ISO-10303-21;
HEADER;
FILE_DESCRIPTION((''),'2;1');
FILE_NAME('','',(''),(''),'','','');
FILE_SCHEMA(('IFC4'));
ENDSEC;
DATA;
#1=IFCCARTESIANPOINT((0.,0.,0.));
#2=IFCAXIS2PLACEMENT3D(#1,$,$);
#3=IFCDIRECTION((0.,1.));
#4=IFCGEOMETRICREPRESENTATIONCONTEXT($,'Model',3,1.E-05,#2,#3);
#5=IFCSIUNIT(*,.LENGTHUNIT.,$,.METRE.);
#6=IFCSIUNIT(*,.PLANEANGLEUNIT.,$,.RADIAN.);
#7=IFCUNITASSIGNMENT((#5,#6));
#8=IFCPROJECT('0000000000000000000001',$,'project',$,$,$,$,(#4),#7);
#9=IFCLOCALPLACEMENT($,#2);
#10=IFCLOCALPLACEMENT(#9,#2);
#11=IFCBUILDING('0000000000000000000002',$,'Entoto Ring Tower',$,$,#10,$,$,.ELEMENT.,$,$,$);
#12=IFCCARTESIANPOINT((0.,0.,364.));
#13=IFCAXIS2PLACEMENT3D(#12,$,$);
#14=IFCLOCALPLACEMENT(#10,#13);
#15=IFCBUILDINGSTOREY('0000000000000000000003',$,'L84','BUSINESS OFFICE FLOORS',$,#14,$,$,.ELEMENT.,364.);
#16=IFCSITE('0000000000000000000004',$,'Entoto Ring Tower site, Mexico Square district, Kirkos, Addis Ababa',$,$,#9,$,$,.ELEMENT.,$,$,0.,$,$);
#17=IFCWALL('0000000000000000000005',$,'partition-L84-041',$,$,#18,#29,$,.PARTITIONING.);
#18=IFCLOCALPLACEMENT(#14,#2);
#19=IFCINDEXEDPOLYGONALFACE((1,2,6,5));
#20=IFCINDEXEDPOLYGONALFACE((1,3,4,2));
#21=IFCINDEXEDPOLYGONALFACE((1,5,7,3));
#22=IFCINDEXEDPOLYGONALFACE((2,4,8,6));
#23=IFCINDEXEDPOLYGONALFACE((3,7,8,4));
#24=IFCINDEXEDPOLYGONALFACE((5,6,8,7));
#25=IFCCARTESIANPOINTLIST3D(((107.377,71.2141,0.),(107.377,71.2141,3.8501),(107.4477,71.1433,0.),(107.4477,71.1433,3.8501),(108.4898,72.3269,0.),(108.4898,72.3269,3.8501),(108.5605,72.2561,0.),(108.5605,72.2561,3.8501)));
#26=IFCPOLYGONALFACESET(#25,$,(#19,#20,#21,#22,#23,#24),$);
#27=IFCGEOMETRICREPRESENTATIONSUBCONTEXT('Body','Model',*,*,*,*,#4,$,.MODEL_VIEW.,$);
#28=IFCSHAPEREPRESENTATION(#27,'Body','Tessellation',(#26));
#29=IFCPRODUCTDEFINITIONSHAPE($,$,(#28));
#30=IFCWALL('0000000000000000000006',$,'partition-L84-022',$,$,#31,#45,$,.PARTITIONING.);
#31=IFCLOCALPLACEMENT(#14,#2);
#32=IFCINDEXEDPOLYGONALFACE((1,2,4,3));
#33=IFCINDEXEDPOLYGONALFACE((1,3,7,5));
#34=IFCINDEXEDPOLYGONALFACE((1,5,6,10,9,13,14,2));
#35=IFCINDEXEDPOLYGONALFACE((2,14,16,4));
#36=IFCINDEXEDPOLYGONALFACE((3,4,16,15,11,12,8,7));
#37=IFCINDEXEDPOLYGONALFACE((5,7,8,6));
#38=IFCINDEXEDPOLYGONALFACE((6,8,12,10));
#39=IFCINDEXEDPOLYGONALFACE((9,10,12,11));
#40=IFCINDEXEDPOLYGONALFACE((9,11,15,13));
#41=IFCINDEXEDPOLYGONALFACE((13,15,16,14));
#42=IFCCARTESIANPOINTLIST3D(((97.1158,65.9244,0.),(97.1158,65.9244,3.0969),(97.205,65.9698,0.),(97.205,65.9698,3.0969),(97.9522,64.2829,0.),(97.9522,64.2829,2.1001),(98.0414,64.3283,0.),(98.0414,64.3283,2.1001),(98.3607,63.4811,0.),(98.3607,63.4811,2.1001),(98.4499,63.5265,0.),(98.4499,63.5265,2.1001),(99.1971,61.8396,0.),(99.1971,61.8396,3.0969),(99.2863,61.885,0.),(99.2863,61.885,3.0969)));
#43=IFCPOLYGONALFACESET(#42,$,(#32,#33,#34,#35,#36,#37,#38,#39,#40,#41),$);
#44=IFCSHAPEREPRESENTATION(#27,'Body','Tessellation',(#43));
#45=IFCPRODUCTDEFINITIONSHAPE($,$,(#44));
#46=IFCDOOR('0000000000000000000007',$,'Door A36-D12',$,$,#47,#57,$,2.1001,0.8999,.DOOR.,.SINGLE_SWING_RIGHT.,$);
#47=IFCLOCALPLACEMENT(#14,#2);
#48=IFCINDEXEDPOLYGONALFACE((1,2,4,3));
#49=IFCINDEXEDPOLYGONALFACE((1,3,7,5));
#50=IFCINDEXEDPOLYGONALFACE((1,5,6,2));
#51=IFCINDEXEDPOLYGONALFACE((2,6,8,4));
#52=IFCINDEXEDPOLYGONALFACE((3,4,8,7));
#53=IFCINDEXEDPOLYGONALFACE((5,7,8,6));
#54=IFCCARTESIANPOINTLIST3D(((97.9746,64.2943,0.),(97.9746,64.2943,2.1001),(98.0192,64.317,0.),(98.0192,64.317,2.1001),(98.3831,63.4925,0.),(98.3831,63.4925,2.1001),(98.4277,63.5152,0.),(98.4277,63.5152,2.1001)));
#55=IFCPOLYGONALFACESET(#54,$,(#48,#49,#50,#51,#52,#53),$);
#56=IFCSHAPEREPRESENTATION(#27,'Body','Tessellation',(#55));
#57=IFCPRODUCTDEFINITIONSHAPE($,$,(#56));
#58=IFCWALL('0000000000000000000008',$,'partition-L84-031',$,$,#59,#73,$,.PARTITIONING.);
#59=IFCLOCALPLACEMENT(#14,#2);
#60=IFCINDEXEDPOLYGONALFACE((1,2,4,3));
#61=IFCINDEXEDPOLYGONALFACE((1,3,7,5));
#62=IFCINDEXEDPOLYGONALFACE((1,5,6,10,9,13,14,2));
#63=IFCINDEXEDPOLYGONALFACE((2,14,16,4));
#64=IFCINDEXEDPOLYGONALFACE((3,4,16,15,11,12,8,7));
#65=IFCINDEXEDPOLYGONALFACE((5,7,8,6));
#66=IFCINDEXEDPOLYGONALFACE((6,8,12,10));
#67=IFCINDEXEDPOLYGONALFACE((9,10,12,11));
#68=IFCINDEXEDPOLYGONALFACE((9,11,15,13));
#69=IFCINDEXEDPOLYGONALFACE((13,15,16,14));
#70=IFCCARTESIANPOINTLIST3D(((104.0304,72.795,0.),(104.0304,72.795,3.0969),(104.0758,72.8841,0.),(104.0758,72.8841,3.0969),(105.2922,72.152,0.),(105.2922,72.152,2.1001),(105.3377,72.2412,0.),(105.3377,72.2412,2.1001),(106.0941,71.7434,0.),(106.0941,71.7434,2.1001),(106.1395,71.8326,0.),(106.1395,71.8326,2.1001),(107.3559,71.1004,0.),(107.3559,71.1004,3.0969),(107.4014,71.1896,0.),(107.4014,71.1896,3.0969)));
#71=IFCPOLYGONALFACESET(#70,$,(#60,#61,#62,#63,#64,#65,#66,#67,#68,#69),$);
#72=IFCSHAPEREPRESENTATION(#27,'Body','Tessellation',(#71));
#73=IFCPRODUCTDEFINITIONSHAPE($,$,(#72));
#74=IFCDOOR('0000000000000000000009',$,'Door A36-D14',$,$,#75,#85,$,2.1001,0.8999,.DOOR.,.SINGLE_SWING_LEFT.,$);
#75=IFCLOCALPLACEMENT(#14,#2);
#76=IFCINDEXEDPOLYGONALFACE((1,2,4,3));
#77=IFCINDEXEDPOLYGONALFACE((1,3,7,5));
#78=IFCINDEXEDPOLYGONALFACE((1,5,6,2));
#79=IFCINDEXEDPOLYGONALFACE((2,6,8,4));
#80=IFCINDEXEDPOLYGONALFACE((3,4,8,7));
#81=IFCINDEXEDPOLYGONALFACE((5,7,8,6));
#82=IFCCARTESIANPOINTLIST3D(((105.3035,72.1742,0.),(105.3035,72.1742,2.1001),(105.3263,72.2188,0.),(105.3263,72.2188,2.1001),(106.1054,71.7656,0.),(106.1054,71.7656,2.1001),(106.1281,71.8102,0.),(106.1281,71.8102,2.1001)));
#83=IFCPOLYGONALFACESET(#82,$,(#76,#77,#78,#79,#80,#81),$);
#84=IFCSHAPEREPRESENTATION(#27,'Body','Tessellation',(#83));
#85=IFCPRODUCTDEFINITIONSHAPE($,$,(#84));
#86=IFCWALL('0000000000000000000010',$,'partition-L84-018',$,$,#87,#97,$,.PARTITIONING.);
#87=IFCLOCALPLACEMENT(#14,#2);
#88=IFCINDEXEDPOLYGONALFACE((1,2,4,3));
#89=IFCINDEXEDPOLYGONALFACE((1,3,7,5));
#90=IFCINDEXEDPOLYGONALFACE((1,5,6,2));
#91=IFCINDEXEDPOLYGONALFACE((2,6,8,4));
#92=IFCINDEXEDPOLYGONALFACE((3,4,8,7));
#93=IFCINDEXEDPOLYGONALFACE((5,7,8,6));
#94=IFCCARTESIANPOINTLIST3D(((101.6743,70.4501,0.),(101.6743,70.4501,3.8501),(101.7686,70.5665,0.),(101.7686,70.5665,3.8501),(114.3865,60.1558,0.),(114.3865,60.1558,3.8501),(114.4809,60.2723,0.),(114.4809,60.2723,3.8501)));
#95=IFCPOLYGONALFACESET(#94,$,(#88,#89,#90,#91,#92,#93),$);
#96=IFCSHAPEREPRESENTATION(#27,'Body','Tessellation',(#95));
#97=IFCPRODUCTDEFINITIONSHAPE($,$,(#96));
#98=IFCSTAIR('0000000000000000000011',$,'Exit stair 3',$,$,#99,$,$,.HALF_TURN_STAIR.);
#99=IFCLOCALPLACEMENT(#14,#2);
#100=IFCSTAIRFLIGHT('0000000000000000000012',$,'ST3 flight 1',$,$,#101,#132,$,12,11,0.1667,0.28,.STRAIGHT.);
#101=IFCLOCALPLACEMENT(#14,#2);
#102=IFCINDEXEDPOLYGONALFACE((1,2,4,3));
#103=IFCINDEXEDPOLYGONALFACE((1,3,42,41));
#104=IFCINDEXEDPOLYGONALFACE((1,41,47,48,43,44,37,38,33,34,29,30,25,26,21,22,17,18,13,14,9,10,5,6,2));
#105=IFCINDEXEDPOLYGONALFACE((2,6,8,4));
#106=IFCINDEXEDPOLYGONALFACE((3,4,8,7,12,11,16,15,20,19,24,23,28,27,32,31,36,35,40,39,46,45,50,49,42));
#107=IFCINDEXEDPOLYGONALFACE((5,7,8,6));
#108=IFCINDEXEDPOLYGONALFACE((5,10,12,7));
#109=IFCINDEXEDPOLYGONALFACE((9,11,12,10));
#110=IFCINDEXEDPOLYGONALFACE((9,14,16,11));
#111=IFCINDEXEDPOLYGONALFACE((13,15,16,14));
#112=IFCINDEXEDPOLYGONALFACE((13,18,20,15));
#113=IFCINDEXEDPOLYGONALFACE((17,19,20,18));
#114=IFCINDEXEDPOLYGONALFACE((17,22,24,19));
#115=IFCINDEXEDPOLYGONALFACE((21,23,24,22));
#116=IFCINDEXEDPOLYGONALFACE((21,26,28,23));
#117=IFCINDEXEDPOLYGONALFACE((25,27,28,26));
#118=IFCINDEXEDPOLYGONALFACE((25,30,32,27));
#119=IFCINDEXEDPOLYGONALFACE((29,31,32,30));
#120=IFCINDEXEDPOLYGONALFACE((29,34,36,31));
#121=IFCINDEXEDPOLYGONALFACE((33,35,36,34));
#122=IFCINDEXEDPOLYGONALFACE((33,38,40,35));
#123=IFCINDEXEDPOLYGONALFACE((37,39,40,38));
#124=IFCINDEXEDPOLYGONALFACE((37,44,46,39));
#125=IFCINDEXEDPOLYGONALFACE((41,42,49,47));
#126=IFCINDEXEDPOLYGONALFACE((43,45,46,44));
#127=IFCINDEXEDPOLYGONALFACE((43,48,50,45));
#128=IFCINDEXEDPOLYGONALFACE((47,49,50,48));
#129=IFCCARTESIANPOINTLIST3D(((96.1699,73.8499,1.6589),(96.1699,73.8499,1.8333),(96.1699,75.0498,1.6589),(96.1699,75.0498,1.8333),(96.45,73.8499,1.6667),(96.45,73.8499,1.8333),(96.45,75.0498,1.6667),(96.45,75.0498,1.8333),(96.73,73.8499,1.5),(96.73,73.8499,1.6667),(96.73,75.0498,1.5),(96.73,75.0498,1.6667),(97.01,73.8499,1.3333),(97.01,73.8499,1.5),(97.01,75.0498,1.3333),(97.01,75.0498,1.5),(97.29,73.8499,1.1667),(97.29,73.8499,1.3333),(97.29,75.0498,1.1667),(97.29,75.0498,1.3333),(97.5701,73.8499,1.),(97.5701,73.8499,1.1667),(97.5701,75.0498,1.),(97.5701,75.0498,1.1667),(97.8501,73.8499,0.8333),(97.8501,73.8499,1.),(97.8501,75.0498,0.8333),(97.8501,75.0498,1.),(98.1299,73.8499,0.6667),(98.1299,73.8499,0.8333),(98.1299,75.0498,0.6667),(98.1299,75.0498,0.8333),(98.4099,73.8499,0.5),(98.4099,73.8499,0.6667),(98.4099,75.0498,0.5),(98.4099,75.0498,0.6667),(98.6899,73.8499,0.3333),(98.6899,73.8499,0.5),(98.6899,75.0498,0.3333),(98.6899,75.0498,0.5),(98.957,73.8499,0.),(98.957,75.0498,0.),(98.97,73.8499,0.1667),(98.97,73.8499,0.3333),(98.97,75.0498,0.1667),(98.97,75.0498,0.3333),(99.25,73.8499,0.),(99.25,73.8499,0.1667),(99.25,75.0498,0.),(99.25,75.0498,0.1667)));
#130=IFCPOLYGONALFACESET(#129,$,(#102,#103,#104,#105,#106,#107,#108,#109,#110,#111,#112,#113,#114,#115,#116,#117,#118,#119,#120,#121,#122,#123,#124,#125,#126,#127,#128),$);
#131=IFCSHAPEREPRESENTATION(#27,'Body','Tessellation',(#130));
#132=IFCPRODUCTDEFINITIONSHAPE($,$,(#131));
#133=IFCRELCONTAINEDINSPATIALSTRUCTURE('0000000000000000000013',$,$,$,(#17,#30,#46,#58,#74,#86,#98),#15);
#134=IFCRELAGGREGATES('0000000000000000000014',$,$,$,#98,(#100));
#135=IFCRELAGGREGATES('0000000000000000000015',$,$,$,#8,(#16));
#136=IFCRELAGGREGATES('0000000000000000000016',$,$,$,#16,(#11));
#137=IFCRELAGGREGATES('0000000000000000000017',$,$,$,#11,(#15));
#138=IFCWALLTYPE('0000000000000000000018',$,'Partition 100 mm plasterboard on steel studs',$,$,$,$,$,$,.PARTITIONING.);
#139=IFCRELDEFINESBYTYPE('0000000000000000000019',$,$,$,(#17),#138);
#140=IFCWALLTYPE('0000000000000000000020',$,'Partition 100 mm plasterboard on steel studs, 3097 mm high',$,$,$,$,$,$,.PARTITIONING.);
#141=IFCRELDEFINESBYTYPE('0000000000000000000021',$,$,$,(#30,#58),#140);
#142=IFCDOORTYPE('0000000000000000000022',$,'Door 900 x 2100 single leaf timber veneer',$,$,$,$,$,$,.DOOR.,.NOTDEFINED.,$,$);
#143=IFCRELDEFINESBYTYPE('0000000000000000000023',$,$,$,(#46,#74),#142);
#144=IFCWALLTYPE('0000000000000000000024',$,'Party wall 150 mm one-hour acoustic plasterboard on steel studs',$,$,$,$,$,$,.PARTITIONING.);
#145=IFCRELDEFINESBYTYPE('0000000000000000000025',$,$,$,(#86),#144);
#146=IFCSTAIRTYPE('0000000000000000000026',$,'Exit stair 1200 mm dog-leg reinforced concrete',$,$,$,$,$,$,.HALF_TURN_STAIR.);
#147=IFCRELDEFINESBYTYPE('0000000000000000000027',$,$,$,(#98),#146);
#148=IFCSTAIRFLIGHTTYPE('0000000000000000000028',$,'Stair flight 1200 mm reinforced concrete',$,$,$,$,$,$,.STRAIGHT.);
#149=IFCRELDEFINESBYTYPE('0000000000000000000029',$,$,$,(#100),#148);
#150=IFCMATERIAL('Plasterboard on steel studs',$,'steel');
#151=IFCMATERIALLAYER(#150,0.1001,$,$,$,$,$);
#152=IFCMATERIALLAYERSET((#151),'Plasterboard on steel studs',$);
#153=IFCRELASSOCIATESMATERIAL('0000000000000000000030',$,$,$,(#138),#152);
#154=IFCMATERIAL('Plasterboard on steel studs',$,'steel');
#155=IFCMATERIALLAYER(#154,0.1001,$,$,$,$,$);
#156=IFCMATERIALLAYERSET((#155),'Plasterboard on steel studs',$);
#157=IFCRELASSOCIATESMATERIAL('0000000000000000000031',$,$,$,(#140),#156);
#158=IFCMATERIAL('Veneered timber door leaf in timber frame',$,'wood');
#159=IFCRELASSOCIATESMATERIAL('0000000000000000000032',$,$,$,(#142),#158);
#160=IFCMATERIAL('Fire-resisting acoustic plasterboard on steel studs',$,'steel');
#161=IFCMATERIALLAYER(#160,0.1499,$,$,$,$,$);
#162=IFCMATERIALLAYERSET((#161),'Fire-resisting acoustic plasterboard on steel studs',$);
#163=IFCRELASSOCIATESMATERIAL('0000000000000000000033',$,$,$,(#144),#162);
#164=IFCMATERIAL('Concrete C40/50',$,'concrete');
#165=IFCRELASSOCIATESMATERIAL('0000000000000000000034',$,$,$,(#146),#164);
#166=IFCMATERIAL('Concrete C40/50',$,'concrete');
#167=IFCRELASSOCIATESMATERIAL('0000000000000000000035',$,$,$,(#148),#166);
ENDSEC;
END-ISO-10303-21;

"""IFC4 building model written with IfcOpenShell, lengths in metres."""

from ifc_helpers import new_model, si_unit, direction, frame, frame_2d, origin, place, context, subcontext, project, spatial, polyline, rectangle, outline, extrude, material, layer, layer_set, type_object, element, fill, aggregate, save


model = new_model("IFC4")

# Units and contexts
model_context = context("Model", 3, precision=1e-05, world=origin(), true_north=direction((0.0, 1.0)))
body_context = subcontext(model_context, "Body", "Model", "MODEL_VIEW")
ifc_project = project(units=[si_unit("LENGTHUNIT", "METRE"), si_unit("PLANEANGLEUNIT", "RADIAN")], contexts=[model_context])

# Site, building, storey
site_placement = place(None, origin())
site = spatial("IfcSite", under=ifc_project, at=site_placement, Name="Entoto Ring Tower site, Mexico Square district, Kirkos, Addis Ababa", CompositionType="ELEMENT", RefElevation=0.0)
building_placement = place(site_placement, origin())
building = spatial("IfcBuilding", under=site, at=building_placement, Name="Entoto Ring Tower", CompositionType="ELEMENT")
storey_placement = place(building_placement, frame((0.0, 0.0, 364.0)))
storey = spatial("IfcBuildingStorey", under=building, at=storey_placement, Name="L84", Description="BUSINESS OFFICE FLOORS", CompositionType="ELEMENT", Elevation=364.0)

# Wall
ifc_material_1 = material(Name="Plasterboard on steel studs", Category="steel")
ifc_layer_1 = layer(ifc_material_1, 0.1001)
ifc_layer_set_1 = layer_set([ifc_layer_1], Name="Plasterboard on steel studs")
wall_type_1 = type_object("IfcWallType", Name="Partition 100 mm plasterboard on steel studs", PredefinedType="PARTITIONING", material=ifc_layer_set_1)
wall_1_placement = place(storey_placement, frame((107.4124, 71.1787, 0.0), z_axis=(0.0, 0.0, 1.0), x_axis=(0.707107, 0.707107, 0.0)))
element("IfcWall", 1, at=wall_1_placement, inside=storey, type_object=wall_type_1, Name="partition-L84-041", PredefinedType="PARTITIONING", context=body_context, shape_type="SweptSolid", body=[
    extrude(rectangle(XDim=1.5737, YDim=0.1001, at=frame_2d((0.7869, 0.0))), origin(), (0.0, 0.0, 1.0), 3.8501),
])

# Walls, openings, doors
ifc_material_2 = material(Name="Plasterboard on steel studs", Category="steel")
ifc_layer_2 = layer(ifc_material_2, 0.1001)
ifc_layer_set_2 = layer_set([ifc_layer_2], Name="Plasterboard on steel studs")
wall_type_2 = type_object("IfcWallType", Name="Partition 100 mm plasterboard on steel studs, 3097 mm high", PredefinedType="PARTITIONING", material=ifc_layer_set_2)
wall_2_placement = place(storey_placement, frame((99.2417, 61.8623, 0.0), z_axis=(0.0, 0.0, 1.0), x_axis=(-0.453996, 0.891004, 0.0)))
wall_2 = element("IfcWall", 2, at=wall_2_placement, inside=storey, type_object=wall_type_2, Name="partition-L84-022", PredefinedType="PARTITIONING", context=body_context, shape_type="SweptSolid", body=[
    extrude(rectangle(XDim=4.5845, YDim=0.1001, at=frame_2d((2.2922, 0.0))), origin(), (0.0, 0.0, 1.0), 3.0969),
])
opening_1_placement = place(wall_2_placement, frame((1.8423, 0.0, 0.0)))
opening_1 = element("IfcOpeningElement", 3, at=opening_1_placement, cuts=wall_2, PredefinedType="OPENING", context=body_context, shape_type="SweptSolid", body=[
    extrude(rectangle(XDim=0.8999, YDim=2.1001, at=frame_2d((0.45, 1.05))), frame((0.0, 0.0601, 0.0), z_axis=(0.0, -1.0, 0.0), x_axis=(1.0, 0.0, 0.0)), (0.0, 0.0, 1.0), 0.1201),
])
ifc_material_3 = material(Name="Veneered timber door leaf in timber frame", Category="wood")
door_type_1 = type_object("IfcDoorType", Name="Door 900 x 2100 single leaf timber veneer", OperationType="NOTDEFINED", PredefinedType="DOOR", material=ifc_material_3)
door_1_placement = place(opening_1_placement, origin())
door_1 = element("IfcDoor", 4, at=door_1_placement, inside=storey, type_object=door_type_1, Name="Door A36-D12", OperationType="SINGLE_SWING_RIGHT", OverallHeight=2.1001, OverallWidth=0.8999, PredefinedType="DOOR", context=body_context, shape_type="SweptSolid", body=[
    extrude(rectangle(XDim=0.8999, YDim=2.1001, at=frame_2d((0.45, 1.05))), frame((0.0, 0.0249, 0.0), z_axis=(0.0, -1.0, 0.0), x_axis=(1.0, 0.0, 0.0)), (0.0, 0.0, 1.0), 0.05),
])
fill(opening_1, door_1)
wall_3_placement = place(storey_placement, frame((107.3787, 71.145, 0.0), z_axis=(0.0, 0.0, 1.0), x_axis=(-0.891, 0.454003, 0.0)))
wall_3 = element("IfcWall", 5, at=wall_3_placement, inside=storey, type_object=wall_type_2, Name="partition-L84-031", PredefinedType="PARTITIONING", context=body_context, shape_type="SweptSolid", body=[
    extrude(rectangle(XDim=3.7324, YDim=0.1001, at=frame_2d((1.8662, 0.0))), origin(), (0.0, 0.0, 1.0), 3.0969),
])
opening_2_placement = place(wall_3_placement, frame((1.4163, 0.0, 0.0)))
opening_2 = element("IfcOpeningElement", 6, at=opening_2_placement, cuts=wall_3, PredefinedType="OPENING", context=body_context, shape_type="SweptSolid", body=[
    extrude(rectangle(XDim=0.8999, YDim=2.1001, at=frame_2d((0.45, 1.05))), frame((0.0, 0.0601, 0.0), z_axis=(0.0, -1.0, 0.0), x_axis=(1.0, 0.0, 0.0)), (0.0, 0.0, 1.0), 0.1201),
])
door_2_placement = place(opening_2_placement, frame((0.8999, 0.0, 0.0), z_axis=(0.0, 0.0, 1.0), x_axis=(-1.0, 0.0, 0.0)))
door_2 = element("IfcDoor", 7, at=door_2_placement, inside=storey, type_object=door_type_1, Name="Door A36-D14", OperationType="SINGLE_SWING_LEFT", OverallHeight=2.1001, OverallWidth=0.8999, PredefinedType="DOOR", context=body_context, shape_type="SweptSolid", body=[
    extrude(rectangle(XDim=0.8999, YDim=2.1001, at=frame_2d((0.45, 1.05))), frame((0.0, 0.0249, 0.0), z_axis=(0.0, -1.0, 0.0), x_axis=(1.0, 0.0, 0.0)), (0.0, 0.0, 1.0), 0.05),
])
fill(opening_2, door_2)

# Wall
ifc_material_4 = material(Name="Fire-resisting acoustic plasterboard on steel studs", Category="steel")
ifc_layer_3 = layer(ifc_material_4, 0.1499)
ifc_layer_set_3 = layer_set([ifc_layer_3], Name="Fire-resisting acoustic plasterboard on steel studs")
wall_type_3 = type_object("IfcWallType", Name="Party wall 150 mm one-hour acoustic plasterboard on steel studs", PredefinedType="PARTITIONING", material=ifc_layer_set_3)
wall_4_placement = place(storey_placement, frame((114.4336, 60.2141, 0.0), z_axis=(0.0, 0.0, 1.0), x_axis=(-0.777143, 0.629324, 0.0)))
element("IfcWall", 8, at=wall_4_placement, inside=storey, type_object=wall_type_3, Name="partition-L84-018", PredefinedType="PARTITIONING", context=body_context, shape_type="SweptSolid", body=[
    extrude(rectangle(XDim=16.3577, YDim=0.1499, at=frame_2d((8.1787, 0.0))), origin(), (0.0, 0.0, 1.0), 3.8501),
])

# Stair, stair flight
ifc_material_5 = material(Name="Concrete C40/50", Category="concrete")
stair_type = type_object("IfcStairType", Name="Exit stair 1200 mm dog-leg reinforced concrete", PredefinedType="HALF_TURN_STAIR", material=ifc_material_5)
stair_placement = place(storey_placement, origin())
stair = element("IfcStair", 9, at=stair_placement, inside=storey, type_object=stair_type, Name="Exit stair 3", PredefinedType="HALF_TURN_STAIR")
ifc_material_6 = material(Name="Concrete C40/50", Category="concrete")
stair_flight_type = type_object("IfcStairFlightType", Name="Stair flight 1200 mm reinforced concrete", PredefinedType="STRAIGHT", material=ifc_material_6)
stair_flight_placement = place(storey_placement, frame((99.25, 74.45, 0.0), z_axis=(0.0, 0.0, 1.0), x_axis=(-1.0, 0.0, 0.0)))
stair_flight = element("IfcStairFlight", 10, at=stair_flight_placement, type_object=stair_flight_type, Name="ST3 flight 1", NumberOfRisers=12, NumberOfTreads=11, PredefinedType="STRAIGHT", RiserHeight=0.1667, TreadLength=0.28, context=body_context, shape_type="SweptSolid", body=[
    extrude(outline(polyline([(0.0, 0.0), (0.0, 0.1667), (0.28, 0.1667), (0.28, 0.3333), (0.5601, 0.3333), (0.5601, 0.5), (0.8401, 0.5), (0.8401, 0.6667), (1.1201, 0.6667), (1.1201, 0.8333), (1.3999, 0.8333), (1.3999, 1.0), (1.6799, 1.0), (1.6799, 1.1667), (1.96, 1.1667), (1.96, 1.3333), (2.24, 1.3333), (2.24, 1.5), (2.52, 1.5), (2.52, 1.6667), (2.8, 1.6667), (2.8, 1.8333), (3.0801, 1.8333), (3.0801, 2.0), (3.0801, 1.6589), (0.293, 0.0), (0.0, 0.0)])), frame((0.0, 0.6001, 0.0), z_axis=(0.0, -1.0, 0.0), x_axis=(1.0, 0.0, 0.0)), (0.0, 0.0, 1.0), 1.2),
])
aggregate(stair, [stair_flight])

save(model, "model.ifc")
